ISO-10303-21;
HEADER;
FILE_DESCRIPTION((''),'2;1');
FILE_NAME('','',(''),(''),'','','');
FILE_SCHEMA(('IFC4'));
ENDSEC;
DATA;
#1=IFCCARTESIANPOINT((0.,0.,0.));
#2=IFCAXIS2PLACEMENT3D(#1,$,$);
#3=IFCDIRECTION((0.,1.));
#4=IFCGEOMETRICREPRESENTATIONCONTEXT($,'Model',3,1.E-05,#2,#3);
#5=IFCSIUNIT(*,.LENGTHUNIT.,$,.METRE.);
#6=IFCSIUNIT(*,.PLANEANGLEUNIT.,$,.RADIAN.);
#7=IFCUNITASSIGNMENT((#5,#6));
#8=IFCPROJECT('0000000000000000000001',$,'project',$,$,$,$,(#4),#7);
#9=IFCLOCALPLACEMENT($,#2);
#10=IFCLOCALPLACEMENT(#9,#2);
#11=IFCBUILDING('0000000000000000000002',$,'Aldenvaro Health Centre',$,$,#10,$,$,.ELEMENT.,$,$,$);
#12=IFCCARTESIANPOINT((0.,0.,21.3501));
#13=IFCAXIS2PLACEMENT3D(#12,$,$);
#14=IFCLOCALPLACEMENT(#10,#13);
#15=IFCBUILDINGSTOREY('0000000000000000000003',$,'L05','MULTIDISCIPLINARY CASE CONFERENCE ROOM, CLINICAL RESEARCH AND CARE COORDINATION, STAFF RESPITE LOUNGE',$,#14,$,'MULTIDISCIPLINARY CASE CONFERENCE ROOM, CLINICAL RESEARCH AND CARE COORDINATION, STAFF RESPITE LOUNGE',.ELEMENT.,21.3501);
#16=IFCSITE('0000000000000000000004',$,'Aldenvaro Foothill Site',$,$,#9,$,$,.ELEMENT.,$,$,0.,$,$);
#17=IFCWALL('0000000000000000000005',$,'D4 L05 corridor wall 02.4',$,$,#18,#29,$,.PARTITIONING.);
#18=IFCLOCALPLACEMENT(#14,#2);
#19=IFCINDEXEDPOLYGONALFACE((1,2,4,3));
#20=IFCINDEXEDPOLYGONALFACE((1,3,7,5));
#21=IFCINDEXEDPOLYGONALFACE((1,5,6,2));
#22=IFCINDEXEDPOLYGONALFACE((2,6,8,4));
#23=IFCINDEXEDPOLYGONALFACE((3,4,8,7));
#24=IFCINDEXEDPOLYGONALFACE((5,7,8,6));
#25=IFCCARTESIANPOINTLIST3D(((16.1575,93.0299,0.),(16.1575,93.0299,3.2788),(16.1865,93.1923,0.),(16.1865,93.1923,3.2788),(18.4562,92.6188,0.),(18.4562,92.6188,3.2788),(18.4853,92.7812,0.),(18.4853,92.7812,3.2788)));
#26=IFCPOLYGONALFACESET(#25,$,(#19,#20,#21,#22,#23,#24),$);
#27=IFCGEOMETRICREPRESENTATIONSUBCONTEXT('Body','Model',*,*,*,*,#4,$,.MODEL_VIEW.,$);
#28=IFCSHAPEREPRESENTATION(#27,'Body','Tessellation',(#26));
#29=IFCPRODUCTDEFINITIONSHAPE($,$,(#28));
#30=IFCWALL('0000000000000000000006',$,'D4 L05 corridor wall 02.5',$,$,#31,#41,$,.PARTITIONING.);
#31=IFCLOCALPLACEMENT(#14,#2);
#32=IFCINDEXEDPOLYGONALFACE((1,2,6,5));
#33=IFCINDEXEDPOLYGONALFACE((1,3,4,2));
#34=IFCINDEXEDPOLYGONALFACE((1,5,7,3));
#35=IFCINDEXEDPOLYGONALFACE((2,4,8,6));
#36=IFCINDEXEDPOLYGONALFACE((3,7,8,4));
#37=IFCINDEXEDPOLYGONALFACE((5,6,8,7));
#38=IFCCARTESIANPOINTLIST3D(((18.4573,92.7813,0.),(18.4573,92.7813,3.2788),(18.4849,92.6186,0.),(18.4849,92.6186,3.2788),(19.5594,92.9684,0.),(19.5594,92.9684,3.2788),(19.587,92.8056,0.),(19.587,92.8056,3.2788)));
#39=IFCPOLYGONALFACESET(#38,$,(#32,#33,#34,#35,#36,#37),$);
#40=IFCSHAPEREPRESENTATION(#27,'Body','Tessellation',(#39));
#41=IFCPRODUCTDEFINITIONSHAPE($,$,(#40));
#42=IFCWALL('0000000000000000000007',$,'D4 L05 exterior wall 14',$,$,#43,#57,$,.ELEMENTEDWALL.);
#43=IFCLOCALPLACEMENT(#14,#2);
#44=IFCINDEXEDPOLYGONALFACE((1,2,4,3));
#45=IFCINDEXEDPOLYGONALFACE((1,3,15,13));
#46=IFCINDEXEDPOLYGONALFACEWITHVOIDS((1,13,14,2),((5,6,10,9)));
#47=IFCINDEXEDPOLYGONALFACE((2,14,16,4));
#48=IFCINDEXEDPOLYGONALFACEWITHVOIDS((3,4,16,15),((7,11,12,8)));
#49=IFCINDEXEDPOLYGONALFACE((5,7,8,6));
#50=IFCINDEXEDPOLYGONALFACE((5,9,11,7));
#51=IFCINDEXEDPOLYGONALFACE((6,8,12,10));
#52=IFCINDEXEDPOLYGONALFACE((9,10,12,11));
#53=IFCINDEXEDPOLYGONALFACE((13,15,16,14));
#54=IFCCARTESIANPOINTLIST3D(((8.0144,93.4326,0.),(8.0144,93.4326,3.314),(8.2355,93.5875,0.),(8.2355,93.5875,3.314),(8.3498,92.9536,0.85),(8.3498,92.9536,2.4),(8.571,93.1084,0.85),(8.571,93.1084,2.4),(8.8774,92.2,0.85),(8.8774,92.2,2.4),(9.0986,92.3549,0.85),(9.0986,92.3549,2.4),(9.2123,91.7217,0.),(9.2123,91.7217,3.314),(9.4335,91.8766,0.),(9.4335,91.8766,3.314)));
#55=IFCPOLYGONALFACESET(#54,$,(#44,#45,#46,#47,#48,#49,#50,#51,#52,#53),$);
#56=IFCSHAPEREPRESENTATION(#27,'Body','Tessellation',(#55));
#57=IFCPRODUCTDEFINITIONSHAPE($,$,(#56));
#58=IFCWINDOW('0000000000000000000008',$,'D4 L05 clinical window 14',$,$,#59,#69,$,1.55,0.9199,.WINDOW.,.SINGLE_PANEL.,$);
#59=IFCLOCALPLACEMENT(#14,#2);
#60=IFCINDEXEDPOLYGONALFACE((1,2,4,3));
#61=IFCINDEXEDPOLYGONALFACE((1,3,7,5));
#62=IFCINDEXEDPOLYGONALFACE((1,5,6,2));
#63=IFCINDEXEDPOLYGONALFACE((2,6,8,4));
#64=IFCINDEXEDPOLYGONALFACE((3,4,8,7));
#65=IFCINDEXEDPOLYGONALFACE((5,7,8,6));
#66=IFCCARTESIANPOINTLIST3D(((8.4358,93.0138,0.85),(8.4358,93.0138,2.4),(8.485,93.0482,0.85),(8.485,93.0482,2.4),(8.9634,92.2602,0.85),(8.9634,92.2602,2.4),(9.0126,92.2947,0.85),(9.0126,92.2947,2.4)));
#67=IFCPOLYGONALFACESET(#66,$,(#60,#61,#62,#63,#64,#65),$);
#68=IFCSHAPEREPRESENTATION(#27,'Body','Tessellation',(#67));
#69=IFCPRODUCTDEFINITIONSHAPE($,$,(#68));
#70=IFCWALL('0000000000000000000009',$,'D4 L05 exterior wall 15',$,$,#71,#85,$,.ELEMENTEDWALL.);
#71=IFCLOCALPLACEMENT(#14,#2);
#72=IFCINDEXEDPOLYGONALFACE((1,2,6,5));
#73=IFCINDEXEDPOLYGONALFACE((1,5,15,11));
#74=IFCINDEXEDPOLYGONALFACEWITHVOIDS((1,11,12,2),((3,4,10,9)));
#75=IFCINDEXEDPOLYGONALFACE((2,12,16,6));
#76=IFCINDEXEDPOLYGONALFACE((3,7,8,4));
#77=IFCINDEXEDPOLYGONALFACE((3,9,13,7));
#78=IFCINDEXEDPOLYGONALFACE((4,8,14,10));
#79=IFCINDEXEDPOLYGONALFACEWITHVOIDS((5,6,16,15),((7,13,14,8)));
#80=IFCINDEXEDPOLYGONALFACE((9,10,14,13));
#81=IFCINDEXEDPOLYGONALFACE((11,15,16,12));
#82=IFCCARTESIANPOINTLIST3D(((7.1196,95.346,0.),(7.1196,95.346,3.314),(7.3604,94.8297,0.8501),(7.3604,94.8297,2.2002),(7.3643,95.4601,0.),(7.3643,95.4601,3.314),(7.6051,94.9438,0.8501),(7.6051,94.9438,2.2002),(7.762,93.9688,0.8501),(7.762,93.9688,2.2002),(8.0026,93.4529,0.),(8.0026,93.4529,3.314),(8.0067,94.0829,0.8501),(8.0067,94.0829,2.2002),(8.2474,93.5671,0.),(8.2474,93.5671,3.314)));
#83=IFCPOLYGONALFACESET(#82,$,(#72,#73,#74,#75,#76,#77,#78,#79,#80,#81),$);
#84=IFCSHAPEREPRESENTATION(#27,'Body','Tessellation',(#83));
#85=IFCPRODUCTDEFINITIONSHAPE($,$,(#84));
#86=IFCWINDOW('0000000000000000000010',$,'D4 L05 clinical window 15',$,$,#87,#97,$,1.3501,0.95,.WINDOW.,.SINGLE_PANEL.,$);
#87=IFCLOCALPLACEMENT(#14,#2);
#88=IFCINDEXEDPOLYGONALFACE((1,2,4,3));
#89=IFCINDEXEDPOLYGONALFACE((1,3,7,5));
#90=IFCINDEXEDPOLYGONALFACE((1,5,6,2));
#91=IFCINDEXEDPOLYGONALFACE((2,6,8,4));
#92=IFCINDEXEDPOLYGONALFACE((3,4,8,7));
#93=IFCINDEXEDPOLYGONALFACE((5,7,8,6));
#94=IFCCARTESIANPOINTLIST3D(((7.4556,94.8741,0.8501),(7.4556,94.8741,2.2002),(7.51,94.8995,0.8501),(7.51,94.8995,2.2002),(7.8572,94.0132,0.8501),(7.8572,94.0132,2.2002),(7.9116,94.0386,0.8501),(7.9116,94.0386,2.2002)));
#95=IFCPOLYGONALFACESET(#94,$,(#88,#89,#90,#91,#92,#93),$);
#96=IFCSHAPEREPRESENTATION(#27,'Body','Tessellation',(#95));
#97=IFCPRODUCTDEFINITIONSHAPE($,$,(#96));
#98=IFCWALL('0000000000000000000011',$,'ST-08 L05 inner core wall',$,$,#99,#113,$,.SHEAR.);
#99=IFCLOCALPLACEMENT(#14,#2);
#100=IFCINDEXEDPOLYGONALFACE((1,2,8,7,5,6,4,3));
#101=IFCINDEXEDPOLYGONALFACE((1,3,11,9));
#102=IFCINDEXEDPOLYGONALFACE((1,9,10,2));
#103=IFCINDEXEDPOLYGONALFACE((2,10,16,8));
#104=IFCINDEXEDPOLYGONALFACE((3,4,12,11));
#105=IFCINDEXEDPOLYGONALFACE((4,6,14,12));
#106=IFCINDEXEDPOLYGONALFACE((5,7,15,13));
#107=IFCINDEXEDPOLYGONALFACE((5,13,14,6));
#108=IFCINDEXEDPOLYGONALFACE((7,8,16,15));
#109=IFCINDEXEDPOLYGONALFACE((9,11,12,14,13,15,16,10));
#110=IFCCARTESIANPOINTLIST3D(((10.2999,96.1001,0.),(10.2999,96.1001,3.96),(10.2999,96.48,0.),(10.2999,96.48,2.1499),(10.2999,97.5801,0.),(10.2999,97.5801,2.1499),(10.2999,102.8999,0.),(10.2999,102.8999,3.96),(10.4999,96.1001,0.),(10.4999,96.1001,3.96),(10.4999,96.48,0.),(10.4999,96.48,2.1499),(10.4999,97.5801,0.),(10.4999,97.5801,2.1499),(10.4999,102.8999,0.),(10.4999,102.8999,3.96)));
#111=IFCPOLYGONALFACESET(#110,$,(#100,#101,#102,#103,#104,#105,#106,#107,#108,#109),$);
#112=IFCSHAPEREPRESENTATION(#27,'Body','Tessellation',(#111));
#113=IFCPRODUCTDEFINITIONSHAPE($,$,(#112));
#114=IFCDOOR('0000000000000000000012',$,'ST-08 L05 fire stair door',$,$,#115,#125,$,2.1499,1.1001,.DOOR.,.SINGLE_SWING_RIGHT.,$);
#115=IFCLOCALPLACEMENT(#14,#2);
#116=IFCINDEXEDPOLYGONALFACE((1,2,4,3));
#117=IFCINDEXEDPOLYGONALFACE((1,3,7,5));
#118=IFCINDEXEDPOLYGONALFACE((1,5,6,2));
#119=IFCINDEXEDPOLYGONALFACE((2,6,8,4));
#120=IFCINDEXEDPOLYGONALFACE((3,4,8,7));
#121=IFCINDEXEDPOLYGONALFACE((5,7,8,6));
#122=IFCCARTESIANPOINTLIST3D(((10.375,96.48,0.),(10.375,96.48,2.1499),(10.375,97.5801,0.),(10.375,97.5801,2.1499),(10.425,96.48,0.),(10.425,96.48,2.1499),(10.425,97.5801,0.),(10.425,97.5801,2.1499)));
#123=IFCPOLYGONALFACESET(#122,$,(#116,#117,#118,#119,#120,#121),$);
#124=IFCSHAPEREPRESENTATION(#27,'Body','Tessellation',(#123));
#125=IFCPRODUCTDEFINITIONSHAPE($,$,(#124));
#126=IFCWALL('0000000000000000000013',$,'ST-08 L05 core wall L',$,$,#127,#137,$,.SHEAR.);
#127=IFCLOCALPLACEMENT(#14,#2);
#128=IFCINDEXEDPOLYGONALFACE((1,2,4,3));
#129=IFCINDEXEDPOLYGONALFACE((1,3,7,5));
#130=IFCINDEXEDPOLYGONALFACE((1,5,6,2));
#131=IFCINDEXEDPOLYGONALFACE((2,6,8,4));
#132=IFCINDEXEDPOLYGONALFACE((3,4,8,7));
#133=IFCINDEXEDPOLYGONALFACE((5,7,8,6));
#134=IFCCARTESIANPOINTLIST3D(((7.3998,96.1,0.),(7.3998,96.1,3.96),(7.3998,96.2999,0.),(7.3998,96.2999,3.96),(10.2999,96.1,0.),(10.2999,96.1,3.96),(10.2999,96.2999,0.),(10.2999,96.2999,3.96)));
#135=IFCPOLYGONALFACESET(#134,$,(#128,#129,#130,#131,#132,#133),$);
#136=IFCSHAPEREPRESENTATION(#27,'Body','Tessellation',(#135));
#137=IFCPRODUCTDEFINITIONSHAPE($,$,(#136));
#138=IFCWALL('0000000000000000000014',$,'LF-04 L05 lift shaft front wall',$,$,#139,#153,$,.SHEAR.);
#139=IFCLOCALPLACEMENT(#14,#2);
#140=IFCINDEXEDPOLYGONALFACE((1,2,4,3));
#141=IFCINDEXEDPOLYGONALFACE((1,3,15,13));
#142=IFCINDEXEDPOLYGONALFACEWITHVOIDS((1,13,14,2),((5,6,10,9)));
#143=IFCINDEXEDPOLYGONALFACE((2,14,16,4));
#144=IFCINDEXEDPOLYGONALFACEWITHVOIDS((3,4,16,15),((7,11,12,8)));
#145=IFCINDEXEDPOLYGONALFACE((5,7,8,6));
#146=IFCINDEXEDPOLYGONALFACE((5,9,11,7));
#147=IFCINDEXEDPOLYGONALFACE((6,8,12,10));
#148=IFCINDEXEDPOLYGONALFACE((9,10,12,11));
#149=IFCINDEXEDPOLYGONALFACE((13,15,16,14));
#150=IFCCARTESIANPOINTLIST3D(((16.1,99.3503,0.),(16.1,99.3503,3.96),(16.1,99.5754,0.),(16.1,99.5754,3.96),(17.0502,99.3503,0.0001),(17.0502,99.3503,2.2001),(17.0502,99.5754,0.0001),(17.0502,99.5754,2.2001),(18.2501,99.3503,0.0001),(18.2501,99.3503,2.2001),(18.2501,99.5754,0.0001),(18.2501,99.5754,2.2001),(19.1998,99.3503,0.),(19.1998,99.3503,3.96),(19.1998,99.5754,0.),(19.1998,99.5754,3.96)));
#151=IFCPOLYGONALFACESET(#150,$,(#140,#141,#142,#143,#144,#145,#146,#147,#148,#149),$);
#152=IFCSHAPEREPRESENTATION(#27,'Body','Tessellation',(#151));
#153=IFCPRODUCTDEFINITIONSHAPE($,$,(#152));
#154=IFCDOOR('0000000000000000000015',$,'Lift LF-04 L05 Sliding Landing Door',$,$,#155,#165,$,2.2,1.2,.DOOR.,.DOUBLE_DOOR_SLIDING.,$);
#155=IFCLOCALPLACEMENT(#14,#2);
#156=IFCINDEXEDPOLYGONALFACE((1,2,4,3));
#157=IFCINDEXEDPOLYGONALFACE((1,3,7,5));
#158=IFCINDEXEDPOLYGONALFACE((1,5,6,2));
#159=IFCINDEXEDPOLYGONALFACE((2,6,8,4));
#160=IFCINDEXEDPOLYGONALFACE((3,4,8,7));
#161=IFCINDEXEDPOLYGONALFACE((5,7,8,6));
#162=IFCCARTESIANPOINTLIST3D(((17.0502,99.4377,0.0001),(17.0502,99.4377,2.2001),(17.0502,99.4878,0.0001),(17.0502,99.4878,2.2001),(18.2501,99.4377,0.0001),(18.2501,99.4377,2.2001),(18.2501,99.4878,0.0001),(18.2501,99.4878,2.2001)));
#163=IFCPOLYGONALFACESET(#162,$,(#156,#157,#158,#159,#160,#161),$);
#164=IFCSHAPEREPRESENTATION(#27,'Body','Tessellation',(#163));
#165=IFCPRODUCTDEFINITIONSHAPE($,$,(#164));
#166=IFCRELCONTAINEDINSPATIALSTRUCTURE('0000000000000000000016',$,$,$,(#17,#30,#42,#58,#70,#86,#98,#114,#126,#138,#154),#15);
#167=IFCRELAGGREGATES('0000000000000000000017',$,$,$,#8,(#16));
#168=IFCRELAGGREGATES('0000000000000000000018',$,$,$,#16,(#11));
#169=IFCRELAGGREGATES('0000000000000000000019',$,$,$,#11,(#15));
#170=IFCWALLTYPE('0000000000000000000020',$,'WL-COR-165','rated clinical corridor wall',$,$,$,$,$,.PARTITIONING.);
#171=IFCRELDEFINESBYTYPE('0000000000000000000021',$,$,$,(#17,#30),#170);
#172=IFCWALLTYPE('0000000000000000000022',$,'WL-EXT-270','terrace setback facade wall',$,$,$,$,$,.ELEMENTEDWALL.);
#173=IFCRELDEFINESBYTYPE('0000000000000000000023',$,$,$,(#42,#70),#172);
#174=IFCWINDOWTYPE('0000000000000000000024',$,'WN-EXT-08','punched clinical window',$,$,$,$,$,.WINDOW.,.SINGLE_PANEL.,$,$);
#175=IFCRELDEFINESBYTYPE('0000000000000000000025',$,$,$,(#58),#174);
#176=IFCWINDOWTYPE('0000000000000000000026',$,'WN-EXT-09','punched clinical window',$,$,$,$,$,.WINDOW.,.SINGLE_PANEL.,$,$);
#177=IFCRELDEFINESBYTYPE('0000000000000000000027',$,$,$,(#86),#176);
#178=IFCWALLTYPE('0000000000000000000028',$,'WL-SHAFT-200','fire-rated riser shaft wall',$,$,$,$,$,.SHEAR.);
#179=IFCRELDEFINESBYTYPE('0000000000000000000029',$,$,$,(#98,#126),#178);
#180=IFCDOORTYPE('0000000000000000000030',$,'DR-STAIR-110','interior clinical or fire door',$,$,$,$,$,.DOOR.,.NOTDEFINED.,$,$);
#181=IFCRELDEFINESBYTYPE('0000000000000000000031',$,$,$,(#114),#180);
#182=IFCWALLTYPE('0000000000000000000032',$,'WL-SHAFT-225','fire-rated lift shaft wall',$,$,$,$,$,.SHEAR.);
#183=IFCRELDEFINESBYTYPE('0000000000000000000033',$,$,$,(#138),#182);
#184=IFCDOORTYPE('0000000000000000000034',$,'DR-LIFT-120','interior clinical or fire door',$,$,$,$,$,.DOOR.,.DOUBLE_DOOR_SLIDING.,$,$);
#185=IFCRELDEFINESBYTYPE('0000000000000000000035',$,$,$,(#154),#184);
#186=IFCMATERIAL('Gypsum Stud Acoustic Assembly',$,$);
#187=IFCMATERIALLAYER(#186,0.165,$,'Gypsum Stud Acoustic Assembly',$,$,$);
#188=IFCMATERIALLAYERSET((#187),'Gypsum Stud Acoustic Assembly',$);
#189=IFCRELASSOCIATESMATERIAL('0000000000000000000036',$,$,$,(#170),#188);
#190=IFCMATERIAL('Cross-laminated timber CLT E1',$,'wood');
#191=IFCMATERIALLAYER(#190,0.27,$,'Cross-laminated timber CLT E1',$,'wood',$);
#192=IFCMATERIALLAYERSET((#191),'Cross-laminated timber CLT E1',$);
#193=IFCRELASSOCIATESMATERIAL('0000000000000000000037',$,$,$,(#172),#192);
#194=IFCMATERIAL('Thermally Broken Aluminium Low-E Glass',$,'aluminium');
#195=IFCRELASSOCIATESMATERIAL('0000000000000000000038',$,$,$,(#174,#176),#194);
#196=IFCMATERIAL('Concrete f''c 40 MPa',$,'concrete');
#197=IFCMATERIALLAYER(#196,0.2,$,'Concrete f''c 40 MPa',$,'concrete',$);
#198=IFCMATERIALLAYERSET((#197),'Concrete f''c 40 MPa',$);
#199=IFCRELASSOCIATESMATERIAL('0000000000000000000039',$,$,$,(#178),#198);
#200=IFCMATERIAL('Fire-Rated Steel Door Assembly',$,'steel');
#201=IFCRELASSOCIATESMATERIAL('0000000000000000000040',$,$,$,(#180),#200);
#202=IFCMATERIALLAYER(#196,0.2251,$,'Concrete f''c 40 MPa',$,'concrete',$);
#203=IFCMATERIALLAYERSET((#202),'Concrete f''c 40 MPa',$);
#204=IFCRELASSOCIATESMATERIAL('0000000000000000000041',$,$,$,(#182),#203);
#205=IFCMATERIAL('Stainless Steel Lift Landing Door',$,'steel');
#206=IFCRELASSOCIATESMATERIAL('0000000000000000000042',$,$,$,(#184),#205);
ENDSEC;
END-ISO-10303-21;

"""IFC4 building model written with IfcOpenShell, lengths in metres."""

from ifc_helpers import new_model, si_unit, direction, frame, frame_2d, origin, place, context, subcontext, project, spatial, rectangle, extrude, material, layer, layer_set, type_object, element, fill, save


model = new_model("IFC4")

# Units and contexts
model_context = context("Model", 3, precision=1e-05, world=origin(), true_north=direction((0.0, 1.0)))
body_context = subcontext(model_context, "Body", "Model", "MODEL_VIEW")
ifc_project = project(units=[si_unit("LENGTHUNIT", "METRE"), si_unit("PLANEANGLEUNIT", "RADIAN")], contexts=[model_context])

# Site, building, storey
site_placement = place(None, origin())
site = spatial("IfcSite", under=ifc_project, at=site_placement, Name="Aldenvaro Foothill Site", CompositionType="ELEMENT", RefElevation=0.0)
building_placement = place(site_placement, origin())
building = spatial("IfcBuilding", under=site, at=building_placement, Name="Aldenvaro Health Centre", CompositionType="ELEMENT")
storey_placement = place(building_placement, frame((0.0, 0.0, 21.3501)))
storey = spatial("IfcBuildingStorey", under=building, at=storey_placement, Name="L05", Description="MULTIDISCIPLINARY CASE CONFERENCE ROOM, CLINICAL RESEARCH AND CARE COORDINATION, STAFF RESPITE LOUNGE", LongName="MULTIDISCIPLINARY CASE CONFERENCE ROOM, CLINICAL RESEARCH AND CARE COORDINATION, STAFF RESPITE LOUNGE", CompositionType="ELEMENT", Elevation=21.3501)

# Shared definitions
ifc_material_1 = material(Name="Gypsum Stud Acoustic Assembly")
ifc_layer_1 = layer(ifc_material_1, 0.165, Name="Gypsum Stud Acoustic Assembly")
ifc_layer_set_1 = layer_set([ifc_layer_1], Name="Gypsum Stud Acoustic Assembly")
wall_type_1 = type_object("IfcWallType", Name="WL-COR-165", Description="rated clinical corridor wall", PredefinedType="PARTITIONING", material=ifc_layer_set_1)

# Walls
wall_1_placement = place(storey_placement, frame((16.1721, 93.1111, 0.0), z_axis=(0.0, 0.0, 1.0), x_axis=(0.984381, -0.176051, 0.0)))
element("IfcWall", 1, at=wall_1_placement, inside=storey, type_object=wall_type_1, Name="D4 L05 corridor wall 02.4", PredefinedType="PARTITIONING", context=body_context, shape_type="SweptSolid", body=[
    extrude(rectangle(XDim=2.3352, YDim=0.165, at=frame_2d((1.1675, 0.0))), origin(), (0.0, 0.0, 1.0), 3.2788),
])
wall_2_placement = place(storey_placement, frame((18.4709, 92.7, 0.0), z_axis=(0.0, 0.0, 1.0), x_axis=(0.985906, 0.167303, 0.0)))
element("IfcWall", 2, at=wall_2_placement, inside=storey, type_object=wall_type_1, Name="D4 L05 corridor wall 02.5", PredefinedType="PARTITIONING", context=body_context, shape_type="SweptSolid", body=[
    extrude(rectangle(XDim=1.1179, YDim=0.165, at=frame_2d((0.5591, 0.0))), origin(), (0.0, 0.0, 1.0), 3.2788),
])

# Walls, openings, windows
ifc_material_2 = material(Name="Cross-laminated timber CLT E1", Category="wood")
ifc_layer_2 = layer(ifc_material_2, 0.27, Name="Cross-laminated timber CLT E1", Category="wood")
ifc_layer_set_2 = layer_set([ifc_layer_2], Name="Cross-laminated timber CLT E1")
wall_type_2 = type_object("IfcWallType", Name="WL-EXT-270", Description="terrace setback facade wall", PredefinedType="ELEMENTEDWALL", material=ifc_layer_set_2)
wall_3_placement = place(storey_placement, frame((9.323, 91.7991, 0.0), z_axis=(0.0, 0.0, 1.0), x_axis=(-0.573572, 0.819155, 0.0)))
wall_3 = element("IfcWall", 3, at=wall_3_placement, inside=storey, type_object=wall_type_2, Name="D4 L05 exterior wall 14", PredefinedType="ELEMENTEDWALL", context=body_context, shape_type="SweptSolid", body=[
    extrude(rectangle(XDim=2.0886, YDim=0.27, at=frame_2d((1.0444, 0.0))), origin(), (0.0, 0.0, 1.0), 3.314),
])
opening_1_placement = place(wall_3_placement, frame((0.584, 0.0, 0.8501)))
opening_1 = element("IfcOpeningElement", 4, at=opening_1_placement, cuts=wall_3, PredefinedType="OPENING", context=body_context, shape_type="SweptSolid", body=[
    extrude(rectangle(XDim=0.9199, YDim=1.55, at=frame_2d((0.46, 0.7749))), frame((0.0, 0.145, 0.0), z_axis=(0.0, -1.0, 0.0), x_axis=(1.0, 0.0, 0.0)), (0.0, 0.0, 1.0), 0.29),
])
ifc_material_3 = material(Name="Thermally Broken Aluminium Low-E Glass", Category="aluminium")
window_type_1 = type_object("IfcWindowType", Name="WN-EXT-08", Description="punched clinical window", PartitioningType="SINGLE_PANEL", PredefinedType="WINDOW", material=ifc_material_3)
window_1_placement = place(opening_1_placement, origin())
window_1 = element("IfcWindow", 5, at=window_1_placement, inside=storey, type_object=window_type_1, Name="D4 L05 clinical window 14", OverallHeight=1.55, OverallWidth=0.9199, PartitioningType="SINGLE_PANEL", PredefinedType="WINDOW", context=body_context, shape_type="SweptSolid", body=[
    extrude(rectangle(XDim=0.9199, YDim=1.55, at=frame_2d((0.46, 0.7749))), frame((0.0, 0.03, 0.0), z_axis=(0.0, -1.0, 0.0), x_axis=(1.0, 0.0, 0.0)), (0.0, 0.0, 1.0), 0.0601),
])
fill(opening_1, window_1)
wall_4_placement = place(storey_placement, frame((8.125, 93.51, 0.0), z_axis=(0.0, 0.0, 1.0), x_axis=(-0.422738, 0.906252, 0.0)))
wall_4 = element("IfcWall", 6, at=wall_4_placement, inside=storey, type_object=wall_type_2, Name="D4 L05 exterior wall 15", PredefinedType="ELEMENTEDWALL", context=body_context, shape_type="SweptSolid", body=[
    extrude(rectangle(XDim=2.0889, YDim=0.27, at=frame_2d((1.0444, 0.0))), origin(), (0.0, 0.0, 1.0), 3.314),
])
opening_2_placement = place(wall_4_placement, frame((0.5691, 0.0, 0.8501)))
opening_2 = element("IfcOpeningElement", 7, at=opening_2_placement, cuts=wall_4, PredefinedType="OPENING", context=body_context, shape_type="SweptSolid", body=[
    extrude(rectangle(XDim=0.95, YDim=1.3501, at=frame_2d((0.4751, 0.675))), frame((0.0, 0.145, 0.0), z_axis=(0.0, -1.0, 0.0), x_axis=(1.0, 0.0, 0.0)), (0.0, 0.0, 1.0), 0.29),
])
window_type_2 = type_object("IfcWindowType", Name="WN-EXT-09", Description="punched clinical window", PartitioningType="SINGLE_PANEL", PredefinedType="WINDOW", material=ifc_material_3)
window_2_placement = place(opening_2_placement, origin())
window_2 = element("IfcWindow", 8, at=window_2_placement, inside=storey, type_object=window_type_2, Name="D4 L05 clinical window 15", OverallHeight=1.3501, OverallWidth=0.95, PartitioningType="SINGLE_PANEL", PredefinedType="WINDOW", context=body_context, shape_type="SweptSolid", body=[
    extrude(rectangle(XDim=0.95, YDim=1.3501, at=frame_2d((0.4751, 0.675))), frame((0.0, 0.03, 0.0), z_axis=(0.0, -1.0, 0.0), x_axis=(1.0, 0.0, 0.0)), (0.0, 0.0, 1.0), 0.0601),
])
fill(opening_2, window_2)

# Wall, opening, door
ifc_material_4 = material(Name="Concrete f'c 40 MPa", Category="concrete")
ifc_layer_3 = layer(ifc_material_4, 0.2, Name="Concrete f'c 40 MPa", Category="concrete")
ifc_layer_set_3 = layer_set([ifc_layer_3], Name="Concrete f'c 40 MPa")
wall_type_3 = type_object("IfcWallType", Name="WL-SHAFT-200", Description="fire-rated riser shaft wall", PredefinedType="SHEAR", material=ifc_layer_set_3)
wall_5_placement = place(storey_placement, frame((10.3999, 96.1001, 0.0), z_axis=(0.0, 0.0, 1.0), x_axis=(0.0, 1.0, 0.0)))
wall_5 = element("IfcWall", 9, at=wall_5_placement, inside=storey, type_object=wall_type_3, Name="ST-08 L05 inner core wall", PredefinedType="SHEAR", context=body_context, shape_type="SweptSolid", body=[
    extrude(rectangle(XDim=6.7998, YDim=0.2, at=frame_2d((3.3999, 0.0))), origin(), (0.0, 0.0, 1.0), 3.96),
])
opening_3_placement = place(wall_5_placement, frame((0.3799, 0.0, 0.0)))
opening_3 = element("IfcOpeningElement", 10, at=opening_3_placement, cuts=wall_5, PredefinedType="OPENING", context=body_context, shape_type="SweptSolid", body=[
    extrude(rectangle(XDim=1.1001, YDim=2.1499, at=frame_2d((0.55, 1.075))), frame((0.0, 0.1099, 0.0), z_axis=(0.0, -1.0, 0.0), x_axis=(1.0, 0.0, 0.0)), (0.0, 0.0, 1.0), 0.22),
])
ifc_material_5 = material(Name="Fire-Rated Steel Door Assembly", Category="steel")
door_type_1 = type_object("IfcDoorType", Name="DR-STAIR-110", Description="interior clinical or fire door", OperationType="NOTDEFINED", PredefinedType="DOOR", material=ifc_material_5)
door_1_placement = place(opening_3_placement, origin())
door_1 = element("IfcDoor", 11, at=door_1_placement, inside=storey, type_object=door_type_1, Name="ST-08 L05 fire stair door", OperationType="SINGLE_SWING_RIGHT", OverallHeight=2.1499, OverallWidth=1.1001, PredefinedType="DOOR", context=body_context, shape_type="SweptSolid", body=[
    extrude(rectangle(XDim=1.1001, YDim=2.1499, at=frame_2d((0.55, 1.075))), frame((0.0, 0.0249, 0.0), z_axis=(0.0, -1.0, 0.0), x_axis=(1.0, 0.0, 0.0)), (0.0, 0.0, 1.0), 0.05),
])
fill(opening_3, door_1)

# Wall
wall_6_placement = place(storey_placement, frame((10.3, 96.2, 0.0), z_axis=(0.0, 0.0, 1.0), x_axis=(-1.0, 0.0, 0.0)))
element("IfcWall", 12, at=wall_6_placement, inside=storey, type_object=wall_type_3, Name="ST-08 L05 core wall L", PredefinedType="SHEAR", context=body_context, shape_type="SweptSolid", body=[
    extrude(rectangle(XDim=2.9001, YDim=0.2, at=frame_2d((1.4502, 0.0))), origin(), (0.0, 0.0, 1.0), 3.96),
])

# Wall, opening, door
ifc_layer_4 = layer(ifc_material_4, 0.2251, Name="Concrete f'c 40 MPa", Category="concrete")
ifc_layer_set_4 = layer_set([ifc_layer_4], Name="Concrete f'c 40 MPa")
wall_type_4 = type_object("IfcWallType", Name="WL-SHAFT-225", Description="fire-rated lift shaft wall", PredefinedType="SHEAR", material=ifc_layer_set_4)
wall_7_placement = place(storey_placement, frame((16.1001, 99.4629, 0.0), z_axis=(0.0, 0.0, 1.0), x_axis=(1.0, 0.0, 0.0)))
wall_7 = element("IfcWall", 13, at=wall_7_placement, inside=storey, type_object=wall_type_4, Name="LF-04 L05 lift shaft front wall", PredefinedType="SHEAR", context=body_context, shape_type="SweptSolid", body=[
    extrude(rectangle(XDim=3.0999, YDim=0.2251, at=frame_2d((1.5498, 0.0))), origin(), (0.0, 0.0, 1.0), 3.96),
])
opening_4_placement = place(wall_7_placement, frame((0.95, 0.0, 0.0)))
opening_4 = element("IfcOpeningElement", 14, at=opening_4_placement, cuts=wall_7, PredefinedType="OPENING", context=body_context, shape_type="SweptSolid", body=[
    extrude(rectangle(XDim=1.2, YDim=2.2, at=frame_2d((0.6001, 1.1001))), frame((0.0, 0.1226, 0.0), z_axis=(0.0, -1.0, 0.0), x_axis=(1.0, 0.0, 0.0)), (0.0, 0.0, 1.0), 0.2451),
])
ifc_material_6 = material(Name="Stainless Steel Lift Landing Door", Category="steel")
door_type_2 = type_object("IfcDoorType", Name="DR-LIFT-120", Description="interior clinical or fire door", OperationType="DOUBLE_DOOR_SLIDING", PredefinedType="DOOR", material=ifc_material_6)
door_2_placement = place(opening_4_placement, origin())
door_2 = element("IfcDoor", 15, at=door_2_placement, inside=storey, type_object=door_type_2, Name="Lift LF-04 L05 Sliding Landing Door", OperationType="DOUBLE_DOOR_SLIDING", OverallHeight=2.2, OverallWidth=1.2, PredefinedType="DOOR", context=body_context, shape_type="SweptSolid", body=[
    extrude(rectangle(XDim=1.2, YDim=2.2, at=frame_2d((0.6001, 1.1001))), frame((0.0, 0.0249, 0.0), z_axis=(0.0, -1.0, 0.0), x_axis=(1.0, 0.0, 0.0)), (0.0, 0.0, 1.0), 0.05),
])
fill(opening_4, door_2)

save(model, "model.ifc")
